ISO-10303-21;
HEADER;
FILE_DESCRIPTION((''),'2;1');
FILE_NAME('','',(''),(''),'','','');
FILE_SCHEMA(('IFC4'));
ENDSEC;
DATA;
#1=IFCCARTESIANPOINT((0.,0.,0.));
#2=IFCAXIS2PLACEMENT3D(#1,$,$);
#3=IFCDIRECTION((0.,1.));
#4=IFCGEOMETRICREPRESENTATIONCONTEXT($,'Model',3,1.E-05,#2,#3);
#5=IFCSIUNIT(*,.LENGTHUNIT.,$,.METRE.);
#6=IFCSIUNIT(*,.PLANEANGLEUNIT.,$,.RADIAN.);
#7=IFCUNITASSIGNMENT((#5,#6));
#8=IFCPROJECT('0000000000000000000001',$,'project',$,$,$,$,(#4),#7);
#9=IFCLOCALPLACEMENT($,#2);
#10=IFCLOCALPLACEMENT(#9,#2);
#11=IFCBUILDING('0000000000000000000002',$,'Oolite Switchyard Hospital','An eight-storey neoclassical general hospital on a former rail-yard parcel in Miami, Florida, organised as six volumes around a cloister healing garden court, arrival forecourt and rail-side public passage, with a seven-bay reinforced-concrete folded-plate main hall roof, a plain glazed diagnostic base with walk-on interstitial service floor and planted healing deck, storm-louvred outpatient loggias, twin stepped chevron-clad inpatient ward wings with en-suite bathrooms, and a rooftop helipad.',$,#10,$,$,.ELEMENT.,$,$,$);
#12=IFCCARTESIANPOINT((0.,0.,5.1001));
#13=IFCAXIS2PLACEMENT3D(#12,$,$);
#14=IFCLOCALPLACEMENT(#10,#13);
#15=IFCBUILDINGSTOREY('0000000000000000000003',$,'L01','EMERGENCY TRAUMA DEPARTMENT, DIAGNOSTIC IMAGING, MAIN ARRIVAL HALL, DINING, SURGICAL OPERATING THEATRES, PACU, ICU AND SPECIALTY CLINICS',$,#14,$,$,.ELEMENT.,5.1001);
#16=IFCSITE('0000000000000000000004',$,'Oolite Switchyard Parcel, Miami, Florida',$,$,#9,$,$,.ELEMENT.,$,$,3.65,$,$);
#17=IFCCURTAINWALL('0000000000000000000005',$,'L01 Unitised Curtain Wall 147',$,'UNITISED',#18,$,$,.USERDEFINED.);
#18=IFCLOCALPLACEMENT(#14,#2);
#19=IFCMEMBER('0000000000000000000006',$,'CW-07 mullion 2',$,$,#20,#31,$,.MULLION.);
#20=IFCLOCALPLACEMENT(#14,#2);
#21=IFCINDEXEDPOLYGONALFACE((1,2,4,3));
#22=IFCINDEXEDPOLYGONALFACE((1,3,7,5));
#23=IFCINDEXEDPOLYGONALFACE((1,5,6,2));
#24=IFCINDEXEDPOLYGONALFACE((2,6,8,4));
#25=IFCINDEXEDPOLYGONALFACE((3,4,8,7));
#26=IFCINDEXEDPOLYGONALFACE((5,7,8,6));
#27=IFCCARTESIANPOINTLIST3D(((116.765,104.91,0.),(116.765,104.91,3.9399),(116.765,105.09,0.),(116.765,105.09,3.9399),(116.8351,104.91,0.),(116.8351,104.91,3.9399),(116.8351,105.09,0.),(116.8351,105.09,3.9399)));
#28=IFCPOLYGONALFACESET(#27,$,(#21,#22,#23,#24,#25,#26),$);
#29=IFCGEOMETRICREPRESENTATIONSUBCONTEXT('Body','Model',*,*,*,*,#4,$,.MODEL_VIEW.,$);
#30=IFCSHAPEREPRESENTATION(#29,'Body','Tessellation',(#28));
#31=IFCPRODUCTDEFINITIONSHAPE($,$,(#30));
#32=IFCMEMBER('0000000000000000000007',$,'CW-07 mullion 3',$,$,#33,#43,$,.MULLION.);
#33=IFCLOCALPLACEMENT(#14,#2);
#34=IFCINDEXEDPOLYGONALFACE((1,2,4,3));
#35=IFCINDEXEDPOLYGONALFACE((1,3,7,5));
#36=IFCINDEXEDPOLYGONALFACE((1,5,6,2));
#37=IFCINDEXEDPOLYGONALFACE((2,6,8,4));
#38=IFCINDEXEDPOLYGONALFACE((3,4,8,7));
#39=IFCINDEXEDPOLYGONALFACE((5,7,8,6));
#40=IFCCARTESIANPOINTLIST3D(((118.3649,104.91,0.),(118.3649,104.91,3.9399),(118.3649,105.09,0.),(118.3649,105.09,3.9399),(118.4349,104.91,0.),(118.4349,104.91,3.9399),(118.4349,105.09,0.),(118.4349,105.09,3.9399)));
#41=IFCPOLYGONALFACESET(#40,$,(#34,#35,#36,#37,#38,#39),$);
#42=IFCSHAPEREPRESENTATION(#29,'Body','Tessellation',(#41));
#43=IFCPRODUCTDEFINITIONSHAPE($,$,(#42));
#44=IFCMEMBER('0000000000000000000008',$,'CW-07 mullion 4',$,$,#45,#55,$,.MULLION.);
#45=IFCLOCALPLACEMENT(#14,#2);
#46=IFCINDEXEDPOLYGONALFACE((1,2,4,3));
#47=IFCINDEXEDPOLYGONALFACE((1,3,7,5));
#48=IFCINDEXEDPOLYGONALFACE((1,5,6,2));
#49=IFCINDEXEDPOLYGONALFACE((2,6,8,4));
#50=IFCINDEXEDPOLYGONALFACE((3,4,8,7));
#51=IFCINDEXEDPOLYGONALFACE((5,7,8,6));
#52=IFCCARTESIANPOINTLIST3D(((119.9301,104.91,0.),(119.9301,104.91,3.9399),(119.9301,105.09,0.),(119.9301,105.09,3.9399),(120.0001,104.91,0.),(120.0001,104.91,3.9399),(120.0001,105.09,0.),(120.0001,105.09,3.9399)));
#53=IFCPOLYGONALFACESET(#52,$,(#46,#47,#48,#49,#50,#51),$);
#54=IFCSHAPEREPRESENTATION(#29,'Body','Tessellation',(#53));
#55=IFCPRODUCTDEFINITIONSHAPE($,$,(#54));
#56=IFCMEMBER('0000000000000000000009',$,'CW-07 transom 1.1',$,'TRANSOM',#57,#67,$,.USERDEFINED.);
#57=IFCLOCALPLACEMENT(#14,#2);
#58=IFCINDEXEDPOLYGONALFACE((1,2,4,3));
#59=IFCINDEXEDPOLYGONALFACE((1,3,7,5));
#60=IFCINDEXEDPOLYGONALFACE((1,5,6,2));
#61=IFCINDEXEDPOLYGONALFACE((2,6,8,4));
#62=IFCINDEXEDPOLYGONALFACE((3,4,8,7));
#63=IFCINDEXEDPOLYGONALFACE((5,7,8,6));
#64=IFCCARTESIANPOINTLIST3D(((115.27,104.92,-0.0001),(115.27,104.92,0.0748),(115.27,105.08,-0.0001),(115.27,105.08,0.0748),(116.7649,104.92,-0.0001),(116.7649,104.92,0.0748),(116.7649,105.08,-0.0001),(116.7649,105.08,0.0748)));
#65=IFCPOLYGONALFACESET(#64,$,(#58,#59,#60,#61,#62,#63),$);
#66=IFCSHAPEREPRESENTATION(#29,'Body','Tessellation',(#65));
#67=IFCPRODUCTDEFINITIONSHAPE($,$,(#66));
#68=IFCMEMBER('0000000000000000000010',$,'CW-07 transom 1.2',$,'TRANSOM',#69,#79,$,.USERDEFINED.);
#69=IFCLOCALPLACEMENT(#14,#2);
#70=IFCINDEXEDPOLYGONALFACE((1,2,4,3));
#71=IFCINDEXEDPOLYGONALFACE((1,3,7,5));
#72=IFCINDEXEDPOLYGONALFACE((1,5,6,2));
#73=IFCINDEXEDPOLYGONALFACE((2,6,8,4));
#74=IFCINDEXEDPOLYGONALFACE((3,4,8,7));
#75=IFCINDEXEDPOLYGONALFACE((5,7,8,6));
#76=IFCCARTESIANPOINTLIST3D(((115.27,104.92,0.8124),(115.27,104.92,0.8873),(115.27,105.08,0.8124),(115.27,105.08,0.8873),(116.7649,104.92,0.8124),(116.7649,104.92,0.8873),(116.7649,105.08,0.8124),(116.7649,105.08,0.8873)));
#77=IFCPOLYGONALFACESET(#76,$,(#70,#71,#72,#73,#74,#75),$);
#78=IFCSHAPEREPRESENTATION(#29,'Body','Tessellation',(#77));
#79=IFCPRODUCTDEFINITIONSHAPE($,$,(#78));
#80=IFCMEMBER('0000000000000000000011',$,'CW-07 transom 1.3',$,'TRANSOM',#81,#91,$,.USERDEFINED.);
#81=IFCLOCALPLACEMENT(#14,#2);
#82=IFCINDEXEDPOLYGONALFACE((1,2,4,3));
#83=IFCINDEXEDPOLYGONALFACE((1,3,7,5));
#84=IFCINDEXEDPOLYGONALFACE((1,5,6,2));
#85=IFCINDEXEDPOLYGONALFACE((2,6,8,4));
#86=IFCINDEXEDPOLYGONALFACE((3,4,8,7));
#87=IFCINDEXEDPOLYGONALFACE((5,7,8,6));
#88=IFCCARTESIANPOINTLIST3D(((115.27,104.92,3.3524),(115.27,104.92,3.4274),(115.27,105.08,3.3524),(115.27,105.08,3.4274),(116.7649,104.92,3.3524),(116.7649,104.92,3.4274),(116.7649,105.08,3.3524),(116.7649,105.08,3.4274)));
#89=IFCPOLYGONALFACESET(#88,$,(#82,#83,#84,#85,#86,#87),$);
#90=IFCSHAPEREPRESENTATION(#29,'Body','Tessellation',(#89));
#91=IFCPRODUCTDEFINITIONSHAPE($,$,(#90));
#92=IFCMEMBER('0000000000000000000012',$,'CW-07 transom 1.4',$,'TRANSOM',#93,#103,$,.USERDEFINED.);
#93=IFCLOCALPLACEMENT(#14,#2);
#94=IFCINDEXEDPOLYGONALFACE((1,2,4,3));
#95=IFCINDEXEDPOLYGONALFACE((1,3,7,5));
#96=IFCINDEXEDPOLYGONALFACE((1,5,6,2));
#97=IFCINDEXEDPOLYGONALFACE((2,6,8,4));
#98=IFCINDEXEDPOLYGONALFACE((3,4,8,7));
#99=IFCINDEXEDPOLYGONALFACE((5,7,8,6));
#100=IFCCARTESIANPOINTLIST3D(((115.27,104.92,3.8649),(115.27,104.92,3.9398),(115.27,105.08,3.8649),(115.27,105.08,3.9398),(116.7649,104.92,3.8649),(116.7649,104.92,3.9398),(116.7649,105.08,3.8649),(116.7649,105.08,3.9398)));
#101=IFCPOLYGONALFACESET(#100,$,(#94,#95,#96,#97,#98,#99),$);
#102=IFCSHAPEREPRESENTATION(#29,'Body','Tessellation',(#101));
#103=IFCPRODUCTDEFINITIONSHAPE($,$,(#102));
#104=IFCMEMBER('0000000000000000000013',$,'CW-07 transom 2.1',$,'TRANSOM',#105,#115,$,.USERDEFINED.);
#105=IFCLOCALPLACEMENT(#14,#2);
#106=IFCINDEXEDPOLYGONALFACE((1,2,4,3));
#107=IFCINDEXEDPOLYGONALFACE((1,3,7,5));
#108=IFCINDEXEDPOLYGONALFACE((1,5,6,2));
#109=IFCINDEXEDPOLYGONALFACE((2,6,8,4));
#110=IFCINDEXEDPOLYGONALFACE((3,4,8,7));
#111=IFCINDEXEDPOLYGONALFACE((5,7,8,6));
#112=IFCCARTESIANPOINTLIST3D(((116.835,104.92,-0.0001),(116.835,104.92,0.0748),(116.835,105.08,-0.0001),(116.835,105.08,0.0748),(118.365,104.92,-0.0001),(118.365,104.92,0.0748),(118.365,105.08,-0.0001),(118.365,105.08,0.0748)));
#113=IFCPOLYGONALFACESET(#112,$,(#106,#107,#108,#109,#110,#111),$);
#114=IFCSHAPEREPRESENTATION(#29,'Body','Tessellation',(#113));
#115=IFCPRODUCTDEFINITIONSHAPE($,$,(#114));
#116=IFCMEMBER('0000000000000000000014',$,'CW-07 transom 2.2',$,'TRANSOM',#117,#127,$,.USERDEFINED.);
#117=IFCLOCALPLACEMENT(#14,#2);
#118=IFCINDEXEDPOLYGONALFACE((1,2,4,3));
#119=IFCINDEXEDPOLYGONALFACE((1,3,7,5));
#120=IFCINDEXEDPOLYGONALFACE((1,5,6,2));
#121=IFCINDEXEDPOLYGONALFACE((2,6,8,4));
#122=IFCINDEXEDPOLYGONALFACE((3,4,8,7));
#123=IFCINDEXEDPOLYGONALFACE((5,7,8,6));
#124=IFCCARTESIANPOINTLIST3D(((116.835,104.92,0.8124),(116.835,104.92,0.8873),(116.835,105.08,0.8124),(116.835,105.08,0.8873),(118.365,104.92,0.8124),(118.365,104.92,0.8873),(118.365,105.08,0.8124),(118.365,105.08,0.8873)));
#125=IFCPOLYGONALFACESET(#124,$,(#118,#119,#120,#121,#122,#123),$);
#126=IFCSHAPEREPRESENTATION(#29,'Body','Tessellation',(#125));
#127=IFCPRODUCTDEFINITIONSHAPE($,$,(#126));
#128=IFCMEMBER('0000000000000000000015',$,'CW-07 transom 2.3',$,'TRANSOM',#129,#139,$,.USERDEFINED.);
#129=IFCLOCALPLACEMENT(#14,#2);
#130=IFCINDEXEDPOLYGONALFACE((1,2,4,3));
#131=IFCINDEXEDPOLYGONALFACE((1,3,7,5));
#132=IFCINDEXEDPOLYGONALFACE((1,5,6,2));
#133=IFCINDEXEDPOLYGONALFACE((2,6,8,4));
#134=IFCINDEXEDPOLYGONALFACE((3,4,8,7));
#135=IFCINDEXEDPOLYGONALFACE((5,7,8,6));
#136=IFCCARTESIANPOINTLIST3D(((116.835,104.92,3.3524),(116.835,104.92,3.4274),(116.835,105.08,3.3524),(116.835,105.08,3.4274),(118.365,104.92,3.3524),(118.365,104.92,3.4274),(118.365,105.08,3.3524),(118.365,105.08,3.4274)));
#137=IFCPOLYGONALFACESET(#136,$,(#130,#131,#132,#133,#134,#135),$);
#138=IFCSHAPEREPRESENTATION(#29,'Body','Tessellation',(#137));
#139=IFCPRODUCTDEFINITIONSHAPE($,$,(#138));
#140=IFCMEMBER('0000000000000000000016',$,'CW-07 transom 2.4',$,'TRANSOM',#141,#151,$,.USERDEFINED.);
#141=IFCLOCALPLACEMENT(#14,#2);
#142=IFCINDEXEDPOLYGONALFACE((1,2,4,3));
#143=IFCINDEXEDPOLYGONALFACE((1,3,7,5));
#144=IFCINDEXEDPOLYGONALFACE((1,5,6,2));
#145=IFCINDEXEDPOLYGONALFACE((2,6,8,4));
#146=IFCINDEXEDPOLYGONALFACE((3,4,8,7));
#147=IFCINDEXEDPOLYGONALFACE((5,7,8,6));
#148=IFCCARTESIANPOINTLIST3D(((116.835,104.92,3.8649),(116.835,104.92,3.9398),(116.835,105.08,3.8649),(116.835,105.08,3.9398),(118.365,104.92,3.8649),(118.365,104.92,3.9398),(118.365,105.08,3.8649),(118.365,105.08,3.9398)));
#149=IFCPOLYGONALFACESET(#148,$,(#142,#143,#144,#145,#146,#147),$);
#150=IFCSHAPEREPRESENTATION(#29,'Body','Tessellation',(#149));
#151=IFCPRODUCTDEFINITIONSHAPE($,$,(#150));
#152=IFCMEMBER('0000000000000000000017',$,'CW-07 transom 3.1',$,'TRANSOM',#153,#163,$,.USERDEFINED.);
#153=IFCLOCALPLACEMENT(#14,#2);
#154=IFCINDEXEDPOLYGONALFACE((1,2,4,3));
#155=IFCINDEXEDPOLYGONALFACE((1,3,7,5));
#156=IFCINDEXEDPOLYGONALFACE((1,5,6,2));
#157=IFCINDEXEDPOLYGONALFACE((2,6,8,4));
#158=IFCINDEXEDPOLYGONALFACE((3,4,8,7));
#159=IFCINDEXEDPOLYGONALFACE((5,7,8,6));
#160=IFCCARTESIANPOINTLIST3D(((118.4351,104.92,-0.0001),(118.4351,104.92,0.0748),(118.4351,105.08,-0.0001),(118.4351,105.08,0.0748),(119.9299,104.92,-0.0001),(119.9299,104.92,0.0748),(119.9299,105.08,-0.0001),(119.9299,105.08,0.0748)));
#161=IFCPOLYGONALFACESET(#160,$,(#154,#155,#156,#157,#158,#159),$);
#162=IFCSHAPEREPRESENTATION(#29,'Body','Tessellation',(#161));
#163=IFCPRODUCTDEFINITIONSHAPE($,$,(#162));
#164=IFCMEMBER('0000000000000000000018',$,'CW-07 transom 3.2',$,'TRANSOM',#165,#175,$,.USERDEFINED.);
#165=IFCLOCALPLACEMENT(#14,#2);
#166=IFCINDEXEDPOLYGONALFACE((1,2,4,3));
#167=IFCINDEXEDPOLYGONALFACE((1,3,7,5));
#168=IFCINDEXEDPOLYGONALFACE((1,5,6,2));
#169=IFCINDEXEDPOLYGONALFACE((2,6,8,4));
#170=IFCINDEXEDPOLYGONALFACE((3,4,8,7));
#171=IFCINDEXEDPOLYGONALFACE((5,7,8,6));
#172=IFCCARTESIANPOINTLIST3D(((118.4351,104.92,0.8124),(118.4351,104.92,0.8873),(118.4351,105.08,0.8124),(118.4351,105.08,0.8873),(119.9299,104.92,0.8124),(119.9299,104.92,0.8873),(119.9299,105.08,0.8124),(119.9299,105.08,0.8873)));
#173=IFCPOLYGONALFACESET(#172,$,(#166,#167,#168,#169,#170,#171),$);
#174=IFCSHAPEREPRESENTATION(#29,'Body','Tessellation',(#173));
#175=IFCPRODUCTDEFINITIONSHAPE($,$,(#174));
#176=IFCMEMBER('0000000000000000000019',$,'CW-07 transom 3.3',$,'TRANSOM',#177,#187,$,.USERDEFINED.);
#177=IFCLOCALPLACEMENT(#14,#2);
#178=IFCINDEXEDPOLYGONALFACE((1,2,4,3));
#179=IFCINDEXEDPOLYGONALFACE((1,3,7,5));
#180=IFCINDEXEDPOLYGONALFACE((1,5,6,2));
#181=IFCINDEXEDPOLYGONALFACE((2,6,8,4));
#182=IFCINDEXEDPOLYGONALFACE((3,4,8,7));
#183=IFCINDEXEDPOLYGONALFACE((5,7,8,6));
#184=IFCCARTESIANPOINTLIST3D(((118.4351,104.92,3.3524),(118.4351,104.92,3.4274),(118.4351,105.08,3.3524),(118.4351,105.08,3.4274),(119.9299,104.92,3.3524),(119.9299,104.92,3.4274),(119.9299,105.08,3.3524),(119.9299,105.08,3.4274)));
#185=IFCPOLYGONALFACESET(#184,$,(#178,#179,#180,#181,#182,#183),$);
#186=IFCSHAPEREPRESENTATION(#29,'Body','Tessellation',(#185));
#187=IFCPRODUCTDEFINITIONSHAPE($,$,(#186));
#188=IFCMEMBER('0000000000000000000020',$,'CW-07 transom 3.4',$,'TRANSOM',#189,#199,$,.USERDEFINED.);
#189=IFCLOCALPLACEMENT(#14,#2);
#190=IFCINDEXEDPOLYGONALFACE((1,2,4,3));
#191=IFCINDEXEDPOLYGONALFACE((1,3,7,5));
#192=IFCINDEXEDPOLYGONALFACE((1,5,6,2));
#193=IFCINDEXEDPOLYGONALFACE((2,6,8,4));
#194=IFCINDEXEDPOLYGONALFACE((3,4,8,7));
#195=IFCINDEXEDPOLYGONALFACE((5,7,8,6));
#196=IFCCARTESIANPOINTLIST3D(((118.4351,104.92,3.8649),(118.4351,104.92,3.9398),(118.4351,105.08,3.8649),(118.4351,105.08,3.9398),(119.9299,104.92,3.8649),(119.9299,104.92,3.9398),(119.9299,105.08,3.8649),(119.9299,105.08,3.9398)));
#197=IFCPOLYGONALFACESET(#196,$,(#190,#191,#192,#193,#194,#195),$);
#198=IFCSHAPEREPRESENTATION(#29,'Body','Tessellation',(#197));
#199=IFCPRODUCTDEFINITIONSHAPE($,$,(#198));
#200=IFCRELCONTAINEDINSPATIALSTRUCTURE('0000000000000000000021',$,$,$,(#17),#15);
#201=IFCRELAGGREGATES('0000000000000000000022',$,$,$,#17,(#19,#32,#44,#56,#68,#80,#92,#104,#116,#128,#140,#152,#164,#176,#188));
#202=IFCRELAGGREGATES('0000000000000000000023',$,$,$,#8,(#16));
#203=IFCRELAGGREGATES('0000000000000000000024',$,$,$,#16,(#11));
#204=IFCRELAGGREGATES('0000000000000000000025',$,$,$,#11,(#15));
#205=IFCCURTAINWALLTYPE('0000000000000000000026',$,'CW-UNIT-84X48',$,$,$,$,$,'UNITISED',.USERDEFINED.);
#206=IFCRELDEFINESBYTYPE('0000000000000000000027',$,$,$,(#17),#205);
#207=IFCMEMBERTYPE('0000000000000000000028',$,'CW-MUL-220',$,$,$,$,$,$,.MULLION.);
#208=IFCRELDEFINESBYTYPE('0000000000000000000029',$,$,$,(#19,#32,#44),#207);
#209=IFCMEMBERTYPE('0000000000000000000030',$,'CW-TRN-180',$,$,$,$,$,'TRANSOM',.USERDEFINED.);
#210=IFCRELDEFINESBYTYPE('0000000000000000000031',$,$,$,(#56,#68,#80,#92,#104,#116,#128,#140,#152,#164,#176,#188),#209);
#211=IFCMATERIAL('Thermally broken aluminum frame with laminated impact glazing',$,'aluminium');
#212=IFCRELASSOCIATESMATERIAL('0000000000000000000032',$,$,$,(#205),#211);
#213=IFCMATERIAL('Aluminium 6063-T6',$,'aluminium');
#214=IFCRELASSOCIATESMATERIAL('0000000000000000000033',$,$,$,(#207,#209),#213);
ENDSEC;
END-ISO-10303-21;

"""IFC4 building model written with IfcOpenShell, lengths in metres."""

from ifc_helpers import new_model, si_unit, direction, frame, origin, origin_2d, place, context, subcontext, project, spatial, rectangle, extrude, material, material_profile, profile_set, type_object, element, aggregate, save


model = new_model("IFC4")

# Units and contexts
model_context = context("Model", 3, precision=1e-05, world=origin(), true_north=direction((0.0, 1.0)))
body_context = subcontext(model_context, "Body", "Model", "MODEL_VIEW")
ifc_project = project(units=[si_unit("LENGTHUNIT", "METRE"), si_unit("PLANEANGLEUNIT", "RADIAN")], contexts=[model_context])

# Site, building, storey
site_placement = place(None, origin())
site = spatial("IfcSite", under=ifc_project, at=site_placement, Name="Oolite Switchyard Parcel, Miami, Florida", CompositionType="ELEMENT", RefElevation=3.65)
building_placement = place(site_placement, origin())
building = spatial("IfcBuilding", under=site, at=building_placement, Name="Oolite Switchyard Hospital", Description="An eight-storey neoclassical general hospital on a former rail-yard parcel in Miami, Florida, organised as six volumes around a cloister healing garden court, arrival forecourt and rail-side public passage, with a seven-bay reinforced-concrete folded-plate main hall roof, a plain glazed diagnostic base with walk-on interstitial service floor and planted healing deck, storm-louvred outpatient loggias, twin stepped chevron-clad inpatient ward wings with en-suite bathrooms, and a rooftop helipad.", CompositionType="ELEMENT")
storey_placement = place(building_placement, frame((0.0, 0.0, 5.1001)))
storey = spatial("IfcBuildingStorey", under=building, at=storey_placement, Name="L01", Description="EMERGENCY TRAUMA DEPARTMENT, DIAGNOSTIC IMAGING, MAIN ARRIVAL HALL, DINING, SURGICAL OPERATING THEATRES, PACU, ICU AND SPECIALTY CLINICS", CompositionType="ELEMENT", Elevation=5.1001)

# Curtain wall, members
ifc_material_1 = material(Name="Thermally broken aluminum frame with laminated impact glazing", Category="aluminium")
curtain_wall_type = type_object("IfcCurtainWallType", Name="CW-UNIT-84X48", ElementType="UNITISED", PredefinedType="USERDEFINED", material=ifc_material_1)
curtain_wall_placement = place(storey_placement, origin())
curtain_wall = element("IfcCurtainWall", 1, at=curtain_wall_placement, inside=storey, type_object=curtain_wall_type, Name="L01 Unitised Curtain Wall 147", ObjectType="UNITISED", PredefinedType="USERDEFINED")
ifc_material_2 = material(Name="Aluminium 6063-T6", Category="aluminium")
ifc_material_profile_1 = material_profile(ifc_material_2, rectangle(XDim=0.1799, YDim=0.0701, at=origin_2d()), Name="CWM70X180")
ifc_profile_set_1 = profile_set([ifc_material_profile_1], Name="Aluminium 6063-T6")
member_type_1 = type_object("IfcMemberType", Name="CW-MUL-220", PredefinedType="MULLION", material=ifc_profile_set_1)
member_1_placement = place(storey_placement, frame((116.8, 105.0, 0.0), z_axis=(0.0, 0.0, 1.0), x_axis=(0.0, 1.0, 0.0)))
member_1 = element("IfcMember", 2, at=member_1_placement, type_object=member_type_1, Name="CW-07 mullion 2", PredefinedType="MULLION", context=body_context, shape_type="SweptSolid", body=[
    extrude(rectangle(XDim=0.1799, YDim=0.0701, at=origin_2d()), origin(), (0.0, 0.0, 1.0), 3.9399),
])
member_2_placement = place(storey_placement, frame((118.3999, 105.0, 0.0), z_axis=(0.0, 0.0, 1.0), x_axis=(0.0, 1.0, 0.0)))
member_2 = element("IfcMember", 3, at=member_2_placement, type_object=member_type_1, Name="CW-07 mullion 3", PredefinedType="MULLION", context=body_context, shape_type="SweptSolid", body=[
    extrude(rectangle(XDim=0.1799, YDim=0.0701, at=origin_2d()), origin(), (0.0, 0.0, 1.0), 3.9399),
])
member_3_placement = place(storey_placement, frame((119.9651, 105.0, 0.0), z_axis=(0.0, 0.0, 1.0), x_axis=(0.0, 1.0, 0.0)))
member_3 = element("IfcMember", 4, at=member_3_placement, type_object=member_type_1, Name="CW-07 mullion 4", PredefinedType="MULLION", context=body_context, shape_type="SweptSolid", body=[
    extrude(rectangle(XDim=0.1799, YDim=0.0701, at=origin_2d()), origin(), (0.0, 0.0, 1.0), 3.9399),
])
ifc_material_profile_2 = material_profile(ifc_material_2, rectangle(XDim=0.1599, YDim=0.075, at=origin_2d()), Name="CWT75X160")
ifc_profile_set_2 = profile_set([ifc_material_profile_2], Name="Aluminium 6063-T6")
member_type_2 = type_object("IfcMemberType", Name="CW-TRN-180", ElementType="TRANSOM", PredefinedType="USERDEFINED", material=ifc_profile_set_2)
member_4_placement = place(storey_placement, frame((115.27, 105.0, 0.0374), z_axis=(1.0, 0.0, 0.0), x_axis=(0.0, 1.0, 0.0)))
member_4 = element("IfcMember", 5, at=member_4_placement, type_object=member_type_2, Name="CW-07 transom 1.1", ObjectType="TRANSOM", PredefinedType="USERDEFINED", context=body_context, shape_type="SweptSolid", body=[
    extrude(rectangle(XDim=0.1599, YDim=0.075, at=origin_2d()), origin(), (0.0, 0.0, 1.0), 1.4949),
])
member_5_placement = place(storey_placement, frame((115.27, 105.0, 0.8499), z_axis=(1.0, 0.0, 0.0), x_axis=(0.0, 1.0, 0.0)))
member_5 = element("IfcMember", 6, at=member_5_placement, type_object=member_type_2, Name="CW-07 transom 1.2", ObjectType="TRANSOM", PredefinedType="USERDEFINED", context=body_context, shape_type="SweptSolid", body=[
    extrude(rectangle(XDim=0.1599, YDim=0.075, at=origin_2d()), origin(), (0.0, 0.0, 1.0), 1.4949),
])
member_6_placement = place(storey_placement, frame((115.27, 105.0, 3.3899), z_axis=(1.0, 0.0, 0.0), x_axis=(0.0, 1.0, 0.0)))
member_6 = element("IfcMember", 7, at=member_6_placement, type_object=member_type_2, Name="CW-07 transom 1.3", ObjectType="TRANSOM", PredefinedType="USERDEFINED", context=body_context, shape_type="SweptSolid", body=[
    extrude(rectangle(XDim=0.1599, YDim=0.075, at=origin_2d()), origin(), (0.0, 0.0, 1.0), 1.4949),
])
member_7_placement = place(storey_placement, frame((115.27, 105.0, 3.9023), z_axis=(1.0, 0.0, 0.0), x_axis=(0.0, 1.0, 0.0)))
member_7 = element("IfcMember", 8, at=member_7_placement, type_object=member_type_2, Name="CW-07 transom 1.4", ObjectType="TRANSOM", PredefinedType="USERDEFINED", context=body_context, shape_type="SweptSolid", body=[
    extrude(rectangle(XDim=0.1599, YDim=0.075, at=origin_2d()), origin(), (0.0, 0.0, 1.0), 1.4949),
])
member_8_placement = place(storey_placement, frame((116.835, 105.0, 0.0374), z_axis=(1.0, 0.0, 0.0), x_axis=(0.0, 1.0, 0.0)))
member_8 = element("IfcMember", 9, at=member_8_placement, type_object=member_type_2, Name="CW-07 transom 2.1", ObjectType="TRANSOM", PredefinedType="USERDEFINED", context=body_context, shape_type="SweptSolid", body=[
    extrude(rectangle(XDim=0.1599, YDim=0.075, at=origin_2d()), origin(), (0.0, 0.0, 1.0), 1.53),
])
member_9_placement = place(storey_placement, frame((116.835, 105.0, 0.8499), z_axis=(1.0, 0.0, 0.0), x_axis=(0.0, 1.0, 0.0)))
member_9 = element("IfcMember", 10, at=member_9_placement, type_object=member_type_2, Name="CW-07 transom 2.2", ObjectType="TRANSOM", PredefinedType="USERDEFINED", context=body_context, shape_type="SweptSolid", body=[
    extrude(rectangle(XDim=0.1599, YDim=0.075, at=origin_2d()), origin(), (0.0, 0.0, 1.0), 1.53),
])
member_10_placement = place(storey_placement, frame((116.835, 105.0, 3.3899), z_axis=(1.0, 0.0, 0.0), x_axis=(0.0, 1.0, 0.0)))
member_10 = element("IfcMember", 11, at=member_10_placement, type_object=member_type_2, Name="CW-07 transom 2.3", ObjectType="TRANSOM", PredefinedType="USERDEFINED", context=body_context, shape_type="SweptSolid", body=[
    extrude(rectangle(XDim=0.1599, YDim=0.075, at=origin_2d()), origin(), (0.0, 0.0, 1.0), 1.53),
])
member_11_placement = place(storey_placement, frame((116.835, 105.0, 3.9023), z_axis=(1.0, 0.0, 0.0), x_axis=(0.0, 1.0, 0.0)))
member_11 = element("IfcMember", 12, at=member_11_placement, type_object=member_type_2, Name="CW-07 transom 2.4", ObjectType="TRANSOM", PredefinedType="USERDEFINED", context=body_context, shape_type="SweptSolid", body=[
    extrude(rectangle(XDim=0.1599, YDim=0.075, at=origin_2d()), origin(), (0.0, 0.0, 1.0), 1.53),
])
member_12_placement = place(storey_placement, frame((118.4351, 105.0, 0.0374), z_axis=(1.0, 0.0, 0.0), x_axis=(0.0, 1.0, 0.0)))
member_12 = element("IfcMember", 13, at=member_12_placement, type_object=member_type_2, Name="CW-07 transom 3.1", ObjectType="TRANSOM", PredefinedType="USERDEFINED", context=body_context, shape_type="SweptSolid", body=[
    extrude(rectangle(XDim=0.1599, YDim=0.075, at=origin_2d()), origin(), (0.0, 0.0, 1.0), 1.4949),
])
member_13_placement = place(storey_placement, frame((118.4351, 105.0, 0.8499), z_axis=(1.0, 0.0, 0.0), x_axis=(0.0, 1.0, 0.0)))
member_13 = element("IfcMember", 14, at=member_13_placement, type_object=member_type_2, Name="CW-07 transom 3.2", ObjectType="TRANSOM", PredefinedType="USERDEFINED", context=body_context, shape_type="SweptSolid", body=[
    extrude(rectangle(XDim=0.1599, YDim=0.075, at=origin_2d()), origin(), (0.0, 0.0, 1.0), 1.4949),
])
member_14_placement = place(storey_placement, frame((118.4351, 105.0, 3.3899), z_axis=(1.0, 0.0, 0.0), x_axis=(0.0, 1.0, 0.0)))
member_14 = element("IfcMember", 15, at=member_14_placement, type_object=member_type_2, Name="CW-07 transom 3.3", ObjectType="TRANSOM", PredefinedType="USERDEFINED", context=body_context, shape_type="SweptSolid", body=[
    extrude(rectangle(XDim=0.1599, YDim=0.075, at=origin_2d()), origin(), (0.0, 0.0, 1.0), 1.4949),
])
member_15_placement = place(storey_placement, frame((118.4351, 105.0, 3.9023), z_axis=(1.0, 0.0, 0.0), x_axis=(0.0, 1.0, 0.0)))
member_15 = element("IfcMember", 16, at=member_15_placement, type_object=member_type_2, Name="CW-07 transom 3.4", ObjectType="TRANSOM", PredefinedType="USERDEFINED", context=body_context, shape_type="SweptSolid", body=[
    extrude(rectangle(XDim=0.1599, YDim=0.075, at=origin_2d()), origin(), (0.0, 0.0, 1.0), 1.4949),
])
aggregate(curtain_wall, [member_1, member_2, member_3, member_4, member_5, member_6, member_7, member_8, member_9, member_10, member_11, member_12, member_13, member_14, member_15])

save(model, "model.ifc")
